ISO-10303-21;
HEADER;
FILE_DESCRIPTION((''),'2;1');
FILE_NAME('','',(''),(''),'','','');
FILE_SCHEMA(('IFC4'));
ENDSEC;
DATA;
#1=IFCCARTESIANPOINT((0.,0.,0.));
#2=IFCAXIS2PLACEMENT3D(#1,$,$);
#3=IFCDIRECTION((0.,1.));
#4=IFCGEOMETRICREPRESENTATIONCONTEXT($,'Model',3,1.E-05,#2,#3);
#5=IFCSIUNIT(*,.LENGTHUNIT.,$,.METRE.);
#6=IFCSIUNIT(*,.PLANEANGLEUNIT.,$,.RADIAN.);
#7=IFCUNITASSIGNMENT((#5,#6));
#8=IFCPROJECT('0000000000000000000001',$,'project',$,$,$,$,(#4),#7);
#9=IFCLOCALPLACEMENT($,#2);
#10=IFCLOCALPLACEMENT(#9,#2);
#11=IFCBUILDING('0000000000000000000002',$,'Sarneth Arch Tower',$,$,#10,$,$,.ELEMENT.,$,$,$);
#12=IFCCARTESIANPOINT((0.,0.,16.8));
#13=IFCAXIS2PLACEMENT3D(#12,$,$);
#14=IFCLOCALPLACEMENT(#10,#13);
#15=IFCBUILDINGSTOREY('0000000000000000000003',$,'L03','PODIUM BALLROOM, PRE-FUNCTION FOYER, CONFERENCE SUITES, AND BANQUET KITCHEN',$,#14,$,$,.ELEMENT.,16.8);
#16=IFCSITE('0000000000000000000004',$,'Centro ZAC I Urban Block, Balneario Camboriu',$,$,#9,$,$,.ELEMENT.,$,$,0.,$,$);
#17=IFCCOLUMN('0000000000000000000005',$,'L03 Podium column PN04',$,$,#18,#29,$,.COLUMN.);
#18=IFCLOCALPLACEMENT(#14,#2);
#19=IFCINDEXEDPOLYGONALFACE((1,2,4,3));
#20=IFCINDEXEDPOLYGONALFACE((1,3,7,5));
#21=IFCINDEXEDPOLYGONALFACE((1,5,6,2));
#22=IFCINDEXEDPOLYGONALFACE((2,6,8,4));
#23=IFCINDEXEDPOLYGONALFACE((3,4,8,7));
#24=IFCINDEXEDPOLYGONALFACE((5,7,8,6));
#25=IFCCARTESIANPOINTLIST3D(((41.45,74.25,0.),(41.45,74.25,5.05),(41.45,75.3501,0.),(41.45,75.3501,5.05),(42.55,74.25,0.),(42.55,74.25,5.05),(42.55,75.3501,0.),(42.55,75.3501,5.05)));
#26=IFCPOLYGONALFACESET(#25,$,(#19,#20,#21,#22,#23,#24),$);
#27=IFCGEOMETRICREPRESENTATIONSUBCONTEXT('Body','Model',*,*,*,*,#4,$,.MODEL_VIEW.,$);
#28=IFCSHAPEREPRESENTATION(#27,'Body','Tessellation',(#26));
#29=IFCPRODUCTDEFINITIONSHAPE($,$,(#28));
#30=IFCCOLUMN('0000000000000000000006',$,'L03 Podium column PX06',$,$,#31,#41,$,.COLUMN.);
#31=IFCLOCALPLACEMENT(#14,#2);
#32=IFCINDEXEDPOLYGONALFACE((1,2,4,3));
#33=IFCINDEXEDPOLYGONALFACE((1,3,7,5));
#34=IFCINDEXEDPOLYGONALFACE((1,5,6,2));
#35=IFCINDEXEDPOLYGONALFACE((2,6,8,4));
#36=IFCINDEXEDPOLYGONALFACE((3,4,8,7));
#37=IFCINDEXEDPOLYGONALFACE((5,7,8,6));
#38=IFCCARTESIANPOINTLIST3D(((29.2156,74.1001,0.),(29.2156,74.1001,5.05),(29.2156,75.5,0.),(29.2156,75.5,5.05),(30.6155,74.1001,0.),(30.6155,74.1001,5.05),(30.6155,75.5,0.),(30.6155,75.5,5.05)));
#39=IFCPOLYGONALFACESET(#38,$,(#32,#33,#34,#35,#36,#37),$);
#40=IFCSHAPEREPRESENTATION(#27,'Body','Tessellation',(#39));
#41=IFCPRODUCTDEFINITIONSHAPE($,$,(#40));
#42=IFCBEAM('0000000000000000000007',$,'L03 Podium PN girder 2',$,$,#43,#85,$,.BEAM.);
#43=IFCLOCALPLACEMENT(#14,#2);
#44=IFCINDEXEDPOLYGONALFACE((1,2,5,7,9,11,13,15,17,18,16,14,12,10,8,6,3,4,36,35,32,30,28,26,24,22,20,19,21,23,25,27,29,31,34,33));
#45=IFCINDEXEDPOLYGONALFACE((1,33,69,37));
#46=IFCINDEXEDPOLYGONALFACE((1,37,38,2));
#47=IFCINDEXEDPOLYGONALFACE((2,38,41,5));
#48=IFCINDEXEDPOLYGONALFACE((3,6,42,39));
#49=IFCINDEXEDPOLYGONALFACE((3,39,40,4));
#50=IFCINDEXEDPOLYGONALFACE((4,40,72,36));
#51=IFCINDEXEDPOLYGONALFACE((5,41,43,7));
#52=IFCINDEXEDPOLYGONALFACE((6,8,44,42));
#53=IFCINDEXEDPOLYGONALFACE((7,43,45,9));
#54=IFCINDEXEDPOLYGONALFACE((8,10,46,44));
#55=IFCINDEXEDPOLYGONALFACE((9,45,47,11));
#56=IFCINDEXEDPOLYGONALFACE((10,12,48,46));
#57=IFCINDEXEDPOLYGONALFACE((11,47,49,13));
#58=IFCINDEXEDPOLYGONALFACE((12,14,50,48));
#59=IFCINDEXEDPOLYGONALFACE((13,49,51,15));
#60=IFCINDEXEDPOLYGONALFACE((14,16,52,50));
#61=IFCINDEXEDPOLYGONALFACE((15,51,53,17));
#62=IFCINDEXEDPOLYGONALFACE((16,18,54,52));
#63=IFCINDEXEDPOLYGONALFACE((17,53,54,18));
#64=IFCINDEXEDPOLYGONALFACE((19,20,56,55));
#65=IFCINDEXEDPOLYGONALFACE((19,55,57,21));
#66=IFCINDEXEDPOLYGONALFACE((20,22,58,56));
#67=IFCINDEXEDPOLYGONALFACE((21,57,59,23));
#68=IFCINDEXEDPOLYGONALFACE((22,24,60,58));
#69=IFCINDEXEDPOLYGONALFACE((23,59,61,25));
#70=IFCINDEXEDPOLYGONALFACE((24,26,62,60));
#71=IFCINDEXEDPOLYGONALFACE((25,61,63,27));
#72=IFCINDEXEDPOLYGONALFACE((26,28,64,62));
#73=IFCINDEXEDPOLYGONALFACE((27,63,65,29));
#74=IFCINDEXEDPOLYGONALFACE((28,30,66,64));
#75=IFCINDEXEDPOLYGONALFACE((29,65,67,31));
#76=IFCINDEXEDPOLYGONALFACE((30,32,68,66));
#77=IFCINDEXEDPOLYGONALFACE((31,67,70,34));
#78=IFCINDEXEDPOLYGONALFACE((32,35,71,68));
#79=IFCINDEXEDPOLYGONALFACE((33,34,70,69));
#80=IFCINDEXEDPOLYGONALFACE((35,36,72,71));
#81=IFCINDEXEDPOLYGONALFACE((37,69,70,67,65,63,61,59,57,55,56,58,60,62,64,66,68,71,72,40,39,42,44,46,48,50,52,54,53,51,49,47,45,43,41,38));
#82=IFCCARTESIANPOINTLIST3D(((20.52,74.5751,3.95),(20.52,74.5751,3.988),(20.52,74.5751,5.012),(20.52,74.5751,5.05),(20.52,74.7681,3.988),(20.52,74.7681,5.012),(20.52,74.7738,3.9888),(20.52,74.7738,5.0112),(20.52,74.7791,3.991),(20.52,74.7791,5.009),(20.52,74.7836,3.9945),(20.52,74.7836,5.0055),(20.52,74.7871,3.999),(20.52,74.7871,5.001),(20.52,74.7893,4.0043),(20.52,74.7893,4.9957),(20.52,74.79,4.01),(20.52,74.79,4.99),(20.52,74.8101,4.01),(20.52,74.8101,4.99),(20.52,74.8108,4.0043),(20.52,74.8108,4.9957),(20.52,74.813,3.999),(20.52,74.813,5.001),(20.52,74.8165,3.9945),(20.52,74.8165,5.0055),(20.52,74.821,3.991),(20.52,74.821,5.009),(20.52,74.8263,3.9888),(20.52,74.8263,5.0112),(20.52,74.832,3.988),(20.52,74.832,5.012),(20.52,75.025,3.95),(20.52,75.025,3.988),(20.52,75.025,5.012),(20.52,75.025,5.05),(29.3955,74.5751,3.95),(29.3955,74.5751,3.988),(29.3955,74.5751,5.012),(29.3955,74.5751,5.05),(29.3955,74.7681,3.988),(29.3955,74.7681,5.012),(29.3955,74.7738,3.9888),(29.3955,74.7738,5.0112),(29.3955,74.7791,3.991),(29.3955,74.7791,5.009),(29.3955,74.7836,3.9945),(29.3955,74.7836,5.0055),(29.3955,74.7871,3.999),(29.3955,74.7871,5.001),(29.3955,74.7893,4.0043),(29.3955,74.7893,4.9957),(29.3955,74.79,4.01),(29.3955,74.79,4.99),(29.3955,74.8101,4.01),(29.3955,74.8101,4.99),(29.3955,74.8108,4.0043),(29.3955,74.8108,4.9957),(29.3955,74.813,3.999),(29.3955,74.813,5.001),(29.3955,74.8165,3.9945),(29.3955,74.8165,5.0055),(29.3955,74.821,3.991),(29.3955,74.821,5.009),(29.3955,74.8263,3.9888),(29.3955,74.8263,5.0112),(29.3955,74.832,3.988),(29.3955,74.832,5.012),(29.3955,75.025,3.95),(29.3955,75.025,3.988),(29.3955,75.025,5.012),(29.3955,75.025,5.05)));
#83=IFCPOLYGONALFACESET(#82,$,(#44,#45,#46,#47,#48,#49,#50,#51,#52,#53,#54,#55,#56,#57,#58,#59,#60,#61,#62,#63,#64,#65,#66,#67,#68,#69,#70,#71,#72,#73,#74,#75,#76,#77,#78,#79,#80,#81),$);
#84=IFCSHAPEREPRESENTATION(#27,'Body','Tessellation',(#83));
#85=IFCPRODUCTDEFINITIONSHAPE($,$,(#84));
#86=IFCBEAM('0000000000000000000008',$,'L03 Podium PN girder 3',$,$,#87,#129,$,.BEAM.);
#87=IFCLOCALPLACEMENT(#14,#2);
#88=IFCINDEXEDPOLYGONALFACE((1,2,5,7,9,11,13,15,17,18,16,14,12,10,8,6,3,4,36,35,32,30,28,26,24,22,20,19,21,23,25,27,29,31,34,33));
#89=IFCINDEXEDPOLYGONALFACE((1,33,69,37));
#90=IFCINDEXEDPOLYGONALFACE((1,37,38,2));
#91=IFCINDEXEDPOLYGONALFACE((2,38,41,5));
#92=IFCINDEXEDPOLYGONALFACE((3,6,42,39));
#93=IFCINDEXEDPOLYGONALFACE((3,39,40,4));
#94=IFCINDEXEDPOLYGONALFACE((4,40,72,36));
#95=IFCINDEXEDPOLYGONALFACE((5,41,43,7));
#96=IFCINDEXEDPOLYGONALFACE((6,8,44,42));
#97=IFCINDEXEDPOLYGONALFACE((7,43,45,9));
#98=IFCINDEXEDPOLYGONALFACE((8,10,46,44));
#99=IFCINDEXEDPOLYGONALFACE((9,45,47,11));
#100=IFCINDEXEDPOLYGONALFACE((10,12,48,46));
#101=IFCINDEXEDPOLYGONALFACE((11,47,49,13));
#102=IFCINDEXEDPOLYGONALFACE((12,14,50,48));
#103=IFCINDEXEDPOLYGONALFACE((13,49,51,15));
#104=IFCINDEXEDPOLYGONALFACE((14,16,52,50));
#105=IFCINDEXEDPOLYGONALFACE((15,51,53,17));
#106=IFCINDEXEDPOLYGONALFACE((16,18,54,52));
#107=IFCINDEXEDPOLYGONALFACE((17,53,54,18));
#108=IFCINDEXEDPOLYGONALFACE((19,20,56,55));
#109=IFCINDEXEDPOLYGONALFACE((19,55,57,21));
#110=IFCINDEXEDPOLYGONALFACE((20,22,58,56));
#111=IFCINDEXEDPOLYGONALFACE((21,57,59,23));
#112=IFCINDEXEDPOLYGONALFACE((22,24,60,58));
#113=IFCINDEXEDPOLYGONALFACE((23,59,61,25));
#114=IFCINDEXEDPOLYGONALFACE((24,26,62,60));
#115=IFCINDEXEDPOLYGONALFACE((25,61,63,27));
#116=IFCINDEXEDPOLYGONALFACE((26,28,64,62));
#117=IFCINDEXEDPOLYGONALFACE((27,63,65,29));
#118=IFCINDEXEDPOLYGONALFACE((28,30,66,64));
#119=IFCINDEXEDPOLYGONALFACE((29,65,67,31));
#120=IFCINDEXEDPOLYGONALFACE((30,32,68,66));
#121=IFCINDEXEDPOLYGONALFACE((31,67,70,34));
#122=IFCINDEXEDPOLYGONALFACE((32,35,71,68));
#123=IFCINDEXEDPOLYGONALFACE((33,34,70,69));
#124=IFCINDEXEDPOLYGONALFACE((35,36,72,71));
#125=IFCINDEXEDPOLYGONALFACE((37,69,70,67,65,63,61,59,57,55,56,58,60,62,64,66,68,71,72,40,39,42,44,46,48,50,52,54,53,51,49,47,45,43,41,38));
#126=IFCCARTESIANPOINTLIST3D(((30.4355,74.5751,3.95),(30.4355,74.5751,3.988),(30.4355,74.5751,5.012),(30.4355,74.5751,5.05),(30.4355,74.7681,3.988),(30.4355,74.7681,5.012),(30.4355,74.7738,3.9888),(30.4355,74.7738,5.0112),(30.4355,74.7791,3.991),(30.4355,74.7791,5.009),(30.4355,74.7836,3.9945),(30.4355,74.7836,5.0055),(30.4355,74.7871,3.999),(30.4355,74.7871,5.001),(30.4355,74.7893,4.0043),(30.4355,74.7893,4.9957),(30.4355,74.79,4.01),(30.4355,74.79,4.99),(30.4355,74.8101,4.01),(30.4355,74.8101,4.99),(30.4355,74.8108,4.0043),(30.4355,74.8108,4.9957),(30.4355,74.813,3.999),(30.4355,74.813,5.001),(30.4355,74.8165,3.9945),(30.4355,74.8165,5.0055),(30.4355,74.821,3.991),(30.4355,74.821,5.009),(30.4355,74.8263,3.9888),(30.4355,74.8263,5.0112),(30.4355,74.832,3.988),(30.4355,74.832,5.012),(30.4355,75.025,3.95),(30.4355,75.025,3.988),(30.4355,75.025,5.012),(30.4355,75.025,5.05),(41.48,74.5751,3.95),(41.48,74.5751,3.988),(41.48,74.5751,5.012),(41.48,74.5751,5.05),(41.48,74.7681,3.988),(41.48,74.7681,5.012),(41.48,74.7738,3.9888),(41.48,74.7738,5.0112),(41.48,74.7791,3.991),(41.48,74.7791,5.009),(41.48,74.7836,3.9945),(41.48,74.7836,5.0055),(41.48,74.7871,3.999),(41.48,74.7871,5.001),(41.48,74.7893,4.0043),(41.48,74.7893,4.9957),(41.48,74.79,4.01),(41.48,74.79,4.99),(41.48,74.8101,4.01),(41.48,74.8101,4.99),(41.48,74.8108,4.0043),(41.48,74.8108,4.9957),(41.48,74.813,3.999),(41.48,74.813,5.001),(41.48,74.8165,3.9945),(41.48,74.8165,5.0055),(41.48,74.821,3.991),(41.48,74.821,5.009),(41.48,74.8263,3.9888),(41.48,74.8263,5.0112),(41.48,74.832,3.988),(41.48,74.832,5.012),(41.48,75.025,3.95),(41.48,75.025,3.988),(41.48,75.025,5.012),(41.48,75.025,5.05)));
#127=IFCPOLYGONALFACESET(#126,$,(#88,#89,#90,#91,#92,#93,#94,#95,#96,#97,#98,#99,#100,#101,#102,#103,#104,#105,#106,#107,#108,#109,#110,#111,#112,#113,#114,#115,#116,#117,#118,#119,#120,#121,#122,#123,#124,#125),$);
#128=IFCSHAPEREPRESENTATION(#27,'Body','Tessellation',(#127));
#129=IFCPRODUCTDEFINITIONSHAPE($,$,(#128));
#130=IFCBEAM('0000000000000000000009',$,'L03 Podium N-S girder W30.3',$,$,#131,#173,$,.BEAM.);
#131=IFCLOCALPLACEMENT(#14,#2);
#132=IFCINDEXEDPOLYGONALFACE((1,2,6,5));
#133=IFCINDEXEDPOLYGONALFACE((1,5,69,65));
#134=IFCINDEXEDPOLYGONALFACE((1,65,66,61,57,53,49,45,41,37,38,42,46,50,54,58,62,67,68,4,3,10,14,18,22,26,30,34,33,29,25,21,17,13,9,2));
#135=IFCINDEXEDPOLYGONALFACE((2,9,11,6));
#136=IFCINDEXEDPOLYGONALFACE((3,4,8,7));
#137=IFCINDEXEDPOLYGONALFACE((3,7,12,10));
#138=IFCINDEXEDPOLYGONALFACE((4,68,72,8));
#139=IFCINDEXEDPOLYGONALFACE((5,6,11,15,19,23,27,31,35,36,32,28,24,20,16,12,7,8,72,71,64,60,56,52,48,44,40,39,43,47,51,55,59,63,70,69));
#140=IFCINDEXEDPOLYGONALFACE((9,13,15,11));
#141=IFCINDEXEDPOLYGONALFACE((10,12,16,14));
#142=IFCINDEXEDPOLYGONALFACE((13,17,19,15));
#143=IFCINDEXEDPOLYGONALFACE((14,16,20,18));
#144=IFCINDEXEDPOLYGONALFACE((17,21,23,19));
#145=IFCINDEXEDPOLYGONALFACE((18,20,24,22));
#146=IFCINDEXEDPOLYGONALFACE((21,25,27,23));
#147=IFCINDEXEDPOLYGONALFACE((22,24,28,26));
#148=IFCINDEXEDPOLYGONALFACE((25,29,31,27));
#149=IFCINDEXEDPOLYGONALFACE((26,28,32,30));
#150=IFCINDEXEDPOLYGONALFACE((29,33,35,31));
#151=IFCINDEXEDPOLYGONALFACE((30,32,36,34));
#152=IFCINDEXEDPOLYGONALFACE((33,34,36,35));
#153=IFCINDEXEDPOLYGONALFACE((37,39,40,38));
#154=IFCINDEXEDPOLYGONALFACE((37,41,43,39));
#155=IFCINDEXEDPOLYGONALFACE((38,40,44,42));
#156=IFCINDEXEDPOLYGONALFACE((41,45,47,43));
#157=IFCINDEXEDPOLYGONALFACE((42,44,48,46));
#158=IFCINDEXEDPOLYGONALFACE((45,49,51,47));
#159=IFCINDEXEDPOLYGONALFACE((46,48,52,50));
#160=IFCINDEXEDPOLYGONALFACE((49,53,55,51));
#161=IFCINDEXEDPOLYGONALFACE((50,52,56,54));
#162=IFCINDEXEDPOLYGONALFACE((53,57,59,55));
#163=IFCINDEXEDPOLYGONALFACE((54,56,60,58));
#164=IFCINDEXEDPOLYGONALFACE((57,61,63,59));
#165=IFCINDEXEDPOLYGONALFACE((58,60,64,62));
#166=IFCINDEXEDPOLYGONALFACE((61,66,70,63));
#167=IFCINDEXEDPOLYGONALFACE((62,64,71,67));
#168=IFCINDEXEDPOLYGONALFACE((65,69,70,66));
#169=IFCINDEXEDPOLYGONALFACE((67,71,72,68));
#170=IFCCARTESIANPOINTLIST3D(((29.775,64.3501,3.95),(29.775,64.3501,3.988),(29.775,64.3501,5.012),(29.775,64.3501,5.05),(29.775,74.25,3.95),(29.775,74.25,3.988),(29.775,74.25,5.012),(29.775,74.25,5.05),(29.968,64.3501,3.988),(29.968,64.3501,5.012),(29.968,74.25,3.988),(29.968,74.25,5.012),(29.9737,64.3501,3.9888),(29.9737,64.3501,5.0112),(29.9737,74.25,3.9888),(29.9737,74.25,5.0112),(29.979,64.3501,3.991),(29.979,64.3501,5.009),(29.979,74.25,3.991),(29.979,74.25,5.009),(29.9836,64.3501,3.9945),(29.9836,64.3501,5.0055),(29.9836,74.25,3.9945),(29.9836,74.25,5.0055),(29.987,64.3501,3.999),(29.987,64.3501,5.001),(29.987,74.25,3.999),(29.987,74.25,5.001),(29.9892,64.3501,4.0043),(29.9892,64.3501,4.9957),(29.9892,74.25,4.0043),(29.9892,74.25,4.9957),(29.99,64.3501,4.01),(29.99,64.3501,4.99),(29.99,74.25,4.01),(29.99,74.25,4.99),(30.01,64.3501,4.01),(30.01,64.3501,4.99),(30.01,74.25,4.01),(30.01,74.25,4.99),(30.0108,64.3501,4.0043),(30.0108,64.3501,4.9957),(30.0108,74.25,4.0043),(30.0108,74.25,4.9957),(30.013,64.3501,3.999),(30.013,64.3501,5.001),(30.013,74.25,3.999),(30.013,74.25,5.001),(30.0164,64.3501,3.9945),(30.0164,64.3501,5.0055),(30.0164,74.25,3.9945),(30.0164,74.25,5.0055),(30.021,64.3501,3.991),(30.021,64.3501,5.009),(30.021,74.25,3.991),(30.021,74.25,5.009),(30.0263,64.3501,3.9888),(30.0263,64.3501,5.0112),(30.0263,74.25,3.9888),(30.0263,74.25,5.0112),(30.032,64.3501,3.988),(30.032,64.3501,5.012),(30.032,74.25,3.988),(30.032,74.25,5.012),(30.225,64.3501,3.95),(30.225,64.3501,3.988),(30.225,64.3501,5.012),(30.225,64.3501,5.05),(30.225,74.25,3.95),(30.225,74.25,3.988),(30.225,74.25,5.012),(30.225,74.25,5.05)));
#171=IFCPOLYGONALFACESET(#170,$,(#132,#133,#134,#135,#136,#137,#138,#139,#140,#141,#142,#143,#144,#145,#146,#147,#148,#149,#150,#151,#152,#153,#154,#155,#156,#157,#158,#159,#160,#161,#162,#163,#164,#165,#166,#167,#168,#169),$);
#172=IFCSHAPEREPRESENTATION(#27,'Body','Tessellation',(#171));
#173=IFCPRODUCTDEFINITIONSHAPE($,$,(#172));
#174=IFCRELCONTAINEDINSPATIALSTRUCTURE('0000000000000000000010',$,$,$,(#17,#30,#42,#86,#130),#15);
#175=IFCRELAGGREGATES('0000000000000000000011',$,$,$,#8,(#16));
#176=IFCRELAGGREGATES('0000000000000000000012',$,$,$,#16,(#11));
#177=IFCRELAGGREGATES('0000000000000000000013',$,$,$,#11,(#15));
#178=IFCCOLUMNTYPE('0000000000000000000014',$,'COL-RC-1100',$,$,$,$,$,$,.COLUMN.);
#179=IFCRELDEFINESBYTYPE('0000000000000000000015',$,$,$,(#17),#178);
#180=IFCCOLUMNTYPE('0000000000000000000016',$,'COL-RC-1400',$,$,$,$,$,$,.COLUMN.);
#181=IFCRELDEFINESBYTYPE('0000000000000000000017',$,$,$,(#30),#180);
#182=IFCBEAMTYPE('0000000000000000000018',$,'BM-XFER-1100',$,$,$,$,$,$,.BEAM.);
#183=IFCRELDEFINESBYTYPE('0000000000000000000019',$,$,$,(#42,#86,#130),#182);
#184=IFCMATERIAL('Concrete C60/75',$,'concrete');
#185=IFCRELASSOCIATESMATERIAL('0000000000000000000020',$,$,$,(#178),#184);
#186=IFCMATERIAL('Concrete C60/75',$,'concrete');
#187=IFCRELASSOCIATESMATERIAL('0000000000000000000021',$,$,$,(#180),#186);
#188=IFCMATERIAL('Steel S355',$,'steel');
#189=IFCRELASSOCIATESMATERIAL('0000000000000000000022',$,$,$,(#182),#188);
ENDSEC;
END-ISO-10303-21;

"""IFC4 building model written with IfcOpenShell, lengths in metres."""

from ifc_helpers import new_model, si_unit, direction, frame, origin, origin_2d, place, context, subcontext, project, spatial, rectangle, i_section, extrude, material, material_profile, profile_set, type_object, element, save


model = new_model("IFC4")

# Units and contexts
model_context = context("Model", 3, precision=1e-05, world=origin(), true_north=direction((0.0, 1.0)))
body_context = subcontext(model_context, "Body", "Model", "MODEL_VIEW")
ifc_project = project(units=[si_unit("LENGTHUNIT", "METRE"), si_unit("PLANEANGLEUNIT", "RADIAN")], contexts=[model_context])

# Site, building, storey
site_placement = place(None, origin())
site = spatial("IfcSite", under=ifc_project, at=site_placement, Name="Centro ZAC I Urban Block, Balneario Camboriu", CompositionType="ELEMENT", RefElevation=0.0)
building_placement = place(site_placement, origin())
building = spatial("IfcBuilding", under=site, at=building_placement, Name="Sarneth Arch Tower", CompositionType="ELEMENT")
storey_placement = place(building_placement, frame((0.0, 0.0, 16.8)))
storey = spatial("IfcBuildingStorey", under=building, at=storey_placement, Name="L03", Description="PODIUM BALLROOM, PRE-FUNCTION FOYER, CONFERENCE SUITES, AND BANQUET KITCHEN", CompositionType="ELEMENT", Elevation=16.8)

# Columns
ifc_material_1 = material(Name="Concrete C60/75", Category="concrete")
ifc_material_profile_1 = material_profile(ifc_material_1, rectangle(XDim=1.1001, YDim=1.1001, at=origin_2d()), Name="RC-1100x1100")
ifc_profile_set_1 = profile_set([ifc_material_profile_1], Name="Concrete C60/75")
column_type_1 = type_object("IfcColumnType", Name="COL-RC-1100", PredefinedType="COLUMN", material=ifc_profile_set_1)
column_1_placement = place(storey_placement, frame((42.0, 74.8, 0.0), z_axis=(0.0, 0.0, 1.0), x_axis=(1.0, 0.0, 0.0)))
element("IfcColumn", 1, at=column_1_placement, inside=storey, type_object=column_type_1, Name="L03 Podium column PN04", PredefinedType="COLUMN", context=body_context, shape_type="SweptSolid", body=[
    extrude(rectangle(XDim=1.1001, YDim=1.1001, at=origin_2d()), origin(), (0.0, 0.0, 1.0), 5.05),
])
ifc_material_2 = material(Name="Concrete C60/75", Category="concrete")
ifc_material_profile_2 = material_profile(ifc_material_2, rectangle(XDim=1.3999, YDim=1.3999, at=origin_2d()), Name="RC-1400x1400")
ifc_profile_set_2 = profile_set([ifc_material_profile_2], Name="Concrete C60/75")
column_type_2 = type_object("IfcColumnType", Name="COL-RC-1400", PredefinedType="COLUMN", material=ifc_profile_set_2)
column_2_placement = place(storey_placement, frame((29.9155, 74.8, 0.0), z_axis=(0.0, 0.0, 1.0), x_axis=(1.0, 0.0, 0.0)))
element("IfcColumn", 2, at=column_2_placement, inside=storey, type_object=column_type_2, Name="L03 Podium column PX06", PredefinedType="COLUMN", context=body_context, shape_type="SweptSolid", body=[
    extrude(rectangle(XDim=1.3999, YDim=1.3999, at=origin_2d()), origin(), (0.0, 0.0, 1.0), 5.05),
])

# Beams
ifc_material_3 = material(Name="Steel S355", Category="steel")
ifc_material_profile_3 = material_profile(ifc_material_3, i_section(OverallWidth=0.45, OverallDepth=1.1001, WebThickness=0.02, FlangeThickness=0.0381, FilletRadius=0.022, at=origin_2d()), Name="CVS1100x456")
ifc_profile_set_3 = profile_set([ifc_material_profile_3], Name="Steel S355")
beam_type = type_object("IfcBeamType", Name="BM-XFER-1100", PredefinedType="BEAM", material=ifc_profile_set_3)
beam_1_placement = place(storey_placement, frame((20.52, 74.8, 4.5), z_axis=(1.0, 0.0, 0.0), x_axis=(0.0, 1.0, 0.0)))
element("IfcBeam", 3, at=beam_1_placement, inside=storey, type_object=beam_type, Name="L03 Podium PN girder 2", PredefinedType="BEAM", context=body_context, shape_type="SweptSolid", body=[
    extrude(i_section(OverallWidth=0.45, OverallDepth=1.1001, WebThickness=0.02, FlangeThickness=0.0381, FilletRadius=0.022, at=origin_2d()), origin(), (0.0, 0.0, 1.0), 8.8755),
])
beam_2_placement = place(storey_placement, frame((30.4355, 74.8, 4.5), z_axis=(1.0, 0.0, 0.0), x_axis=(0.0, 1.0, 0.0)))
element("IfcBeam", 4, at=beam_2_placement, inside=storey, type_object=beam_type, Name="L03 Podium PN girder 3", PredefinedType="BEAM", context=body_context, shape_type="SweptSolid", body=[
    extrude(i_section(OverallWidth=0.45, OverallDepth=1.1001, WebThickness=0.02, FlangeThickness=0.0381, FilletRadius=0.022, at=origin_2d()), origin(), (0.0, 0.0, 1.0), 11.0444),
])
beam_3_placement = place(storey_placement, frame((30.0, 64.3501, 4.5), z_axis=(0.0, 1.0, 0.0), x_axis=(-1.0, 0.0, 0.0)))
element("IfcBeam", 5, at=beam_3_placement, inside=storey, type_object=beam_type, Name="L03 Podium N-S girder W30.3", PredefinedType="BEAM", context=body_context, shape_type="SweptSolid", body=[
    extrude(i_section(OverallWidth=0.45, OverallDepth=1.1001, WebThickness=0.02, FlangeThickness=0.0381, FilletRadius=0.022, at=origin_2d()), origin(), (0.0, 0.0, 1.0), 9.8999),
])

save(model, "model.ifc")
